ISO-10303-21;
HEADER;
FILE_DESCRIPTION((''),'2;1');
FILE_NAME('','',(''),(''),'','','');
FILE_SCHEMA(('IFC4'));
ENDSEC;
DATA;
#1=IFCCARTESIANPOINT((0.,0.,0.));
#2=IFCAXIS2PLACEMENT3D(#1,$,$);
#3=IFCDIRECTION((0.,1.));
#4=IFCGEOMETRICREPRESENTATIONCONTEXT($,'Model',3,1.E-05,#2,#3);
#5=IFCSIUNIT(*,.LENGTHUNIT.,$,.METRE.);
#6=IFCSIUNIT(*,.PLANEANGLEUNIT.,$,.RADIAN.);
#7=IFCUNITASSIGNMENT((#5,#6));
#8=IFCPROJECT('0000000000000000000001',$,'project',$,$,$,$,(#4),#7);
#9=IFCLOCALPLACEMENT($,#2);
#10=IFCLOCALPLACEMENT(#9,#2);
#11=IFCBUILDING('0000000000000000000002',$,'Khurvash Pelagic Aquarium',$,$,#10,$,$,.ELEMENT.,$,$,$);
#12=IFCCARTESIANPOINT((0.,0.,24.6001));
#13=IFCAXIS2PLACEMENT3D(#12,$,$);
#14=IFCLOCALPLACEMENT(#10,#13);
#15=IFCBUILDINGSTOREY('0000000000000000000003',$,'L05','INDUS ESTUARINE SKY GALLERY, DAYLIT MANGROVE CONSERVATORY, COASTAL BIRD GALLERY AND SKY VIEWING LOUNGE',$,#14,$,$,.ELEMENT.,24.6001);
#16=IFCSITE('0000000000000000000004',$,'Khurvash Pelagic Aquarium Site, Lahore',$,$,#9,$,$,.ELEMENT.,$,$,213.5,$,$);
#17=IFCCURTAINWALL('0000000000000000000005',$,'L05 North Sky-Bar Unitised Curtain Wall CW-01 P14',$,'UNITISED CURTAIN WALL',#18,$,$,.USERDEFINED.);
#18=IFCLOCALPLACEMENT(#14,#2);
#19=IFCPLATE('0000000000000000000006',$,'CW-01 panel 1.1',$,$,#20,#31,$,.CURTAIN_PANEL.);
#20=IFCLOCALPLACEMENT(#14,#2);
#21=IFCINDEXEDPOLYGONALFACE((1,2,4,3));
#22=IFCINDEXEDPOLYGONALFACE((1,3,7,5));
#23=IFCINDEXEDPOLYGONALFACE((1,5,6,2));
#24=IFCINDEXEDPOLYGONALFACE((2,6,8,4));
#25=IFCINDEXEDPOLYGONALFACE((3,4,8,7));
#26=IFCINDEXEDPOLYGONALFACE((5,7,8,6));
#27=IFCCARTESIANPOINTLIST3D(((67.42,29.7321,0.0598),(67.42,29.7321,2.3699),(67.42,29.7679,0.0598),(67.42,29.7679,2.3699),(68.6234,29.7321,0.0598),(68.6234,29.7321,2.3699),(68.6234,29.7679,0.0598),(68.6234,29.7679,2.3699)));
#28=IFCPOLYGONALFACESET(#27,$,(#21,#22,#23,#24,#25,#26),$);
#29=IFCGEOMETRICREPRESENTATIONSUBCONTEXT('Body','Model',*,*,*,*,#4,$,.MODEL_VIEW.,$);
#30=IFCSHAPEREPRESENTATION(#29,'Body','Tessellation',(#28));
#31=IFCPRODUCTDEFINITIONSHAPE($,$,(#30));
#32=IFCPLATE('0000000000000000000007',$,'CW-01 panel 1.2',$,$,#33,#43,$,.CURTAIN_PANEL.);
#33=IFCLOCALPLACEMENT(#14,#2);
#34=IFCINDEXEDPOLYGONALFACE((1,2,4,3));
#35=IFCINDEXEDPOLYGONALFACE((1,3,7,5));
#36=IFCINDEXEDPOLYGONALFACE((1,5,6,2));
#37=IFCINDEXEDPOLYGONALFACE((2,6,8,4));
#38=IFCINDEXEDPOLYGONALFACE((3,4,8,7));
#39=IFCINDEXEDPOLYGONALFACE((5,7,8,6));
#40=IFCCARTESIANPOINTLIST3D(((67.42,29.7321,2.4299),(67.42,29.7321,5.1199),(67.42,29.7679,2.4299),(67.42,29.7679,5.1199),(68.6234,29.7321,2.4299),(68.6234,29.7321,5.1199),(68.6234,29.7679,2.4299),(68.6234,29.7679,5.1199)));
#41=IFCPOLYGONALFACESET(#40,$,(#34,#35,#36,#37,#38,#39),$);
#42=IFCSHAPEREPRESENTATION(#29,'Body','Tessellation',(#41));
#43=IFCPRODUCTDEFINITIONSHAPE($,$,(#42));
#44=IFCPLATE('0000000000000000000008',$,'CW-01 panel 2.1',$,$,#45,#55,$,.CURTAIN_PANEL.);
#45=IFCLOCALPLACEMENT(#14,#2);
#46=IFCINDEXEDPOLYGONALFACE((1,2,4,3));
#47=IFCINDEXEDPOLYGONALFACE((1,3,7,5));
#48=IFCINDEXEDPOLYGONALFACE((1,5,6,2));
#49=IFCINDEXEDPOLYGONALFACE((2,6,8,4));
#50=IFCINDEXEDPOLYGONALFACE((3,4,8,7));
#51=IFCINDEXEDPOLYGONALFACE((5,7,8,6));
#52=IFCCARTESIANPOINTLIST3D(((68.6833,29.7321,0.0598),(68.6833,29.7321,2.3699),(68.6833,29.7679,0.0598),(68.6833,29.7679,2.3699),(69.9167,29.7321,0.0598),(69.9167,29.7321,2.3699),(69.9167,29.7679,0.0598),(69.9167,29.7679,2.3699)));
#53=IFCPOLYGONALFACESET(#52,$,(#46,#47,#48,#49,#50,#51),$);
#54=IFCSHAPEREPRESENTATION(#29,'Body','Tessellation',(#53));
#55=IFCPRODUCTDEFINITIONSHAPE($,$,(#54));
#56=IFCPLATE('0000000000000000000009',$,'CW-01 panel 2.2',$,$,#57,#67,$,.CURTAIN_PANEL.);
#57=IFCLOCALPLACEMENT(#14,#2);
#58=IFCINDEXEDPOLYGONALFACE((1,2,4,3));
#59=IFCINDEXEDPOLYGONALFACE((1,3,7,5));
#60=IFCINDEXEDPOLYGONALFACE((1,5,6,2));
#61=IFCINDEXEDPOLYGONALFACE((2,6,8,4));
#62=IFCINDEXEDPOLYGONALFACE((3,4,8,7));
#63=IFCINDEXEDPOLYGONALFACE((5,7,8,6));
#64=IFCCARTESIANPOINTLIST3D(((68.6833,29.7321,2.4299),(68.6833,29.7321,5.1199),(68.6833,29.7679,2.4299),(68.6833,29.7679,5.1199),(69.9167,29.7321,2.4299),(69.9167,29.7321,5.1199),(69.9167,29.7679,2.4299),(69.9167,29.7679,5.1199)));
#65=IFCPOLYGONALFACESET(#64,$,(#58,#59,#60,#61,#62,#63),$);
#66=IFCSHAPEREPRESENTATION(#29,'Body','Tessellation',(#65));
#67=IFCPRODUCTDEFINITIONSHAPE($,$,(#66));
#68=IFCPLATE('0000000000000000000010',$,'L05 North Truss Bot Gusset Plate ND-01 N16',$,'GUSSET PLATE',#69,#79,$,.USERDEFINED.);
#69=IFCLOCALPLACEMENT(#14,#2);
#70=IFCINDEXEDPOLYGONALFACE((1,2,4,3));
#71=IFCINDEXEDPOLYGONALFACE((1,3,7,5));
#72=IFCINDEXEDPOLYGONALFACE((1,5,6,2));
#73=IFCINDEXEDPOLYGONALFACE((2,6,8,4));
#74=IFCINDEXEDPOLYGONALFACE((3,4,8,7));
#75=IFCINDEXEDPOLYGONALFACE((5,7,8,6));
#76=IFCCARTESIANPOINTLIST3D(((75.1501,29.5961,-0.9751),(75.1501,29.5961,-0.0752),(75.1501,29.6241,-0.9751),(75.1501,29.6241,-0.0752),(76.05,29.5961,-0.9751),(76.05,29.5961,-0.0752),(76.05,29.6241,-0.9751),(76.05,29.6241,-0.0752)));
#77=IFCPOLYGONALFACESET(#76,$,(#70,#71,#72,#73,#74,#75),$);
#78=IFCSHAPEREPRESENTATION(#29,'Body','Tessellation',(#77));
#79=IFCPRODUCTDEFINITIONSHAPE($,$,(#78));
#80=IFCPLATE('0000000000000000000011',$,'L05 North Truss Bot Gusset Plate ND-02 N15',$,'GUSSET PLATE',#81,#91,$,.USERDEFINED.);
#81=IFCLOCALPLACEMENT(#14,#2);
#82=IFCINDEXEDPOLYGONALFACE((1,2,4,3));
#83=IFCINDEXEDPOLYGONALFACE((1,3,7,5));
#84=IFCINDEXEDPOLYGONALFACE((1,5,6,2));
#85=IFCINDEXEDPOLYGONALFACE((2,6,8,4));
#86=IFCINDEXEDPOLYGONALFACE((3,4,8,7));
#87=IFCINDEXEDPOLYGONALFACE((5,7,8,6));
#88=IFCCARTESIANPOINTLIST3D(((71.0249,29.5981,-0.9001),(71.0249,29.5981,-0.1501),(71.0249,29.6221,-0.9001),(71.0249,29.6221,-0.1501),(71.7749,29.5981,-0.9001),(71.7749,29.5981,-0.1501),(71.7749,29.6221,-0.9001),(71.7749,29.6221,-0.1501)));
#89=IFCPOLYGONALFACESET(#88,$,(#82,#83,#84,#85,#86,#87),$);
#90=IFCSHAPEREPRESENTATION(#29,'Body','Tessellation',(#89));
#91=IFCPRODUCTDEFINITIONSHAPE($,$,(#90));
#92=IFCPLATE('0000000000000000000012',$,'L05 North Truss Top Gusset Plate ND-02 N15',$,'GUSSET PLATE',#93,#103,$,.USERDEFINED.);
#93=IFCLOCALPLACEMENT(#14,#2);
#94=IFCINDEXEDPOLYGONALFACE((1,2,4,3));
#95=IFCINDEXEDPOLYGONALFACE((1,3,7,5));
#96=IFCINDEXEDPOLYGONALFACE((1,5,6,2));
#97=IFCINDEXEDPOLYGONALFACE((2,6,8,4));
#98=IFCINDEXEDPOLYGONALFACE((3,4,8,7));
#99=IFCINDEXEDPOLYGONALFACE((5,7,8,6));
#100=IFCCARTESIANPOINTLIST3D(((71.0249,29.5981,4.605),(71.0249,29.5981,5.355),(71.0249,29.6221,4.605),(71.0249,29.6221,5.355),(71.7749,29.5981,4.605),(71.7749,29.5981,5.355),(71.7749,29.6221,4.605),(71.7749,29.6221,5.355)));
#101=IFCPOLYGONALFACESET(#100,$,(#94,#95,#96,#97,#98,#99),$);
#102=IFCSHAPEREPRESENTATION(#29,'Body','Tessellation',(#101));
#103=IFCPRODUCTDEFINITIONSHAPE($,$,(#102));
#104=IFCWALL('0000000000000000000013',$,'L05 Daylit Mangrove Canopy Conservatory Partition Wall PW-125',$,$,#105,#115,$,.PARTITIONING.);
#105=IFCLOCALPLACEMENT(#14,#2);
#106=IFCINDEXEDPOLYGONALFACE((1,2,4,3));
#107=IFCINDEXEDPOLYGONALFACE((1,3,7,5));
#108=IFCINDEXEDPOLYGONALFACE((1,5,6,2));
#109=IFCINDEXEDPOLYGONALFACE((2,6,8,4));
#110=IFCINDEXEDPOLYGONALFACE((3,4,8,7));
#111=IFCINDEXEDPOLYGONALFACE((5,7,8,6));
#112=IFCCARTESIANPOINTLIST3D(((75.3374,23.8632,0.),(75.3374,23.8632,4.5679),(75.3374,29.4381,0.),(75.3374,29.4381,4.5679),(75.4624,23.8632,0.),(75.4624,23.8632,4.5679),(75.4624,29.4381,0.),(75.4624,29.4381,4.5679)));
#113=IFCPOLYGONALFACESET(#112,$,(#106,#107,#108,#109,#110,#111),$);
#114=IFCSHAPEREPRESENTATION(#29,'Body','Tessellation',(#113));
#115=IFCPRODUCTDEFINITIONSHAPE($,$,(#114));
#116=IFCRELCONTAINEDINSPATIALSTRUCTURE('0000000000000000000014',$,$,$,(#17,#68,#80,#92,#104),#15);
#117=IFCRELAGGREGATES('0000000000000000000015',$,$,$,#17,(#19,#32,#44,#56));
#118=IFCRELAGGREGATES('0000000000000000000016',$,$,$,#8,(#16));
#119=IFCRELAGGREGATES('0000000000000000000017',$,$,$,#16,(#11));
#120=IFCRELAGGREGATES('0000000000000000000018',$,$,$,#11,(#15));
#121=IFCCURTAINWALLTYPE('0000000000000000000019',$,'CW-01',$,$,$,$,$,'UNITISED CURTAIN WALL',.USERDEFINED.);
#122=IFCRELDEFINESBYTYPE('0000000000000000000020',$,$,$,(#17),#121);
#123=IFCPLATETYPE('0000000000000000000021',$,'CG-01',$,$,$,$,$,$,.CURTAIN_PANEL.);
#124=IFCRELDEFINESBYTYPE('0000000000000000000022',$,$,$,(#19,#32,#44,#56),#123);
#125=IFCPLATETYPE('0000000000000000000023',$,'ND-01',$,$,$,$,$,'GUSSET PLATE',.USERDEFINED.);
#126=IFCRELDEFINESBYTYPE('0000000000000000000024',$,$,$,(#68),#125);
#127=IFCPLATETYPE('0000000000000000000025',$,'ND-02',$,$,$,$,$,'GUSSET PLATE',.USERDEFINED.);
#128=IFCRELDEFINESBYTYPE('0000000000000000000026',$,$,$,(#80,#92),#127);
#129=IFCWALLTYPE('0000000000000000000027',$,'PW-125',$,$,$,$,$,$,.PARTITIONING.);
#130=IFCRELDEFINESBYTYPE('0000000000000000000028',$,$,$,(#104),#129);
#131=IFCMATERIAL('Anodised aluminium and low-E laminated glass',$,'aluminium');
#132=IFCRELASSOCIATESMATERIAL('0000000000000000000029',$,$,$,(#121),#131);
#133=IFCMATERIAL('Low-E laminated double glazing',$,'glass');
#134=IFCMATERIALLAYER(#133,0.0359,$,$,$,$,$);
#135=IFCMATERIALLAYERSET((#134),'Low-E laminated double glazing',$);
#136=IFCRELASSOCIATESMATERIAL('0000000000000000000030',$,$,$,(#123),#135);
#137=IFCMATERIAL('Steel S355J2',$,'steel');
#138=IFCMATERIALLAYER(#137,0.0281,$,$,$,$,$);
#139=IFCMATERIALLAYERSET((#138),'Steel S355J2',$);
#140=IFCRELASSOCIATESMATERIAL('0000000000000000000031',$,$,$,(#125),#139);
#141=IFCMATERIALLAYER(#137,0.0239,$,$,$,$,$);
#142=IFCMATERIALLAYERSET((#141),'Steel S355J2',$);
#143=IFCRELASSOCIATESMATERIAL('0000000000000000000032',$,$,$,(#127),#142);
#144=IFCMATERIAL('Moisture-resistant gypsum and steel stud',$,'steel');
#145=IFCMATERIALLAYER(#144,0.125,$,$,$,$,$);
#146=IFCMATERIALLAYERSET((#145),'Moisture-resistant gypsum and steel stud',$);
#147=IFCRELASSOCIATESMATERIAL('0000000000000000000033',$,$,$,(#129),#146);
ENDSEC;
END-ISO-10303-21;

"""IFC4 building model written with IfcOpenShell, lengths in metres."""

from ifc_helpers import new_model, si_unit, direction, frame, frame_2d, origin, origin_2d, place, context, subcontext, project, spatial, rectangle, extrude, material, layer, layer_set, type_object, element, aggregate, save


model = new_model("IFC4")

# Units and contexts
model_context = context("Model", 3, precision=1e-05, world=origin(), true_north=direction((0.0, 1.0)))
body_context = subcontext(model_context, "Body", "Model", "MODEL_VIEW")
ifc_project = project(units=[si_unit("LENGTHUNIT", "METRE"), si_unit("PLANEANGLEUNIT", "RADIAN")], contexts=[model_context])

# Site, building, storey
site_placement = place(None, origin())
site = spatial("IfcSite", under=ifc_project, at=site_placement, Name="Khurvash Pelagic Aquarium Site, Lahore", CompositionType="ELEMENT", RefElevation=213.5)
building_placement = place(site_placement, origin())
building = spatial("IfcBuilding", under=site, at=building_placement, Name="Khurvash Pelagic Aquarium", CompositionType="ELEMENT")
storey_placement = place(building_placement, frame((0.0, 0.0, 24.6001)))
storey = spatial("IfcBuildingStorey", under=building, at=storey_placement, Name="L05", Description="INDUS ESTUARINE SKY GALLERY, DAYLIT MANGROVE CONSERVATORY, COASTAL BIRD GALLERY AND SKY VIEWING LOUNGE", CompositionType="ELEMENT", Elevation=24.6001)

# Curtain wall
ifc_material_1 = material(Name="Anodised aluminium and low-E laminated glass", Category="aluminium")
curtain_wall_type = type_object("IfcCurtainWallType", Name="CW-01", ElementType="UNITISED CURTAIN WALL", PredefinedType="USERDEFINED", material=ifc_material_1)
curtain_wall_placement = place(storey_placement, origin())
curtain_wall = element("IfcCurtainWall", 1, at=curtain_wall_placement, inside=storey, type_object=curtain_wall_type, Name="L05 North Sky-Bar Unitised Curtain Wall CW-01 P14", ObjectType="UNITISED CURTAIN WALL", PredefinedType="USERDEFINED")

# Shared definitions
ifc_material_2 = material(Name="Steel S355J2", Category="steel")

# Plates
ifc_material_3 = material(Name="Low-E laminated double glazing", Category="glass")
ifc_layer_1 = layer(ifc_material_3, 0.0359)
ifc_layer_set_1 = layer_set([ifc_layer_1], Name="Low-E laminated double glazing")
plate_type_1 = type_object("IfcPlateType", Name="CG-01", PredefinedType="CURTAIN_PANEL", material=ifc_layer_set_1)
plate_1_placement = place(storey_placement, frame((68.0217, 29.75, 0.0598), z_axis=(0.0, 0.0, 1.0), x_axis=(1.0, 0.0, 0.0)))
plate_1 = element("IfcPlate", 2, at=plate_1_placement, type_object=plate_type_1, Name="CW-01 panel 1.1", PredefinedType="CURTAIN_PANEL", context=body_context, shape_type="SweptSolid", body=[
    extrude(rectangle(XDim=1.2034, YDim=0.0359, at=origin_2d()), origin(), (0.0, 0.0, 1.0), 2.3101),
])
plate_2_placement = place(storey_placement, frame((68.0217, 29.75, 2.4299), z_axis=(0.0, 0.0, 1.0), x_axis=(1.0, 0.0, 0.0)))
plate_2 = element("IfcPlate", 3, at=plate_2_placement, type_object=plate_type_1, Name="CW-01 panel 1.2", PredefinedType="CURTAIN_PANEL", context=body_context, shape_type="SweptSolid", body=[
    extrude(rectangle(XDim=1.2034, YDim=0.0359, at=origin_2d()), origin(), (0.0, 0.0, 1.0), 2.6899),
])
plate_3_placement = place(storey_placement, frame((69.3, 29.75, 0.0598), z_axis=(0.0, 0.0, 1.0), x_axis=(1.0, 0.0, 0.0)))
plate_3 = element("IfcPlate", 4, at=plate_3_placement, type_object=plate_type_1, Name="CW-01 panel 2.1", PredefinedType="CURTAIN_PANEL", context=body_context, shape_type="SweptSolid", body=[
    extrude(rectangle(XDim=1.2334, YDim=0.0359, at=origin_2d()), origin(), (0.0, 0.0, 1.0), 2.3101),
])
plate_4_placement = place(storey_placement, frame((69.3, 29.75, 2.4299), z_axis=(0.0, 0.0, 1.0), x_axis=(1.0, 0.0, 0.0)))
plate_4 = element("IfcPlate", 5, at=plate_4_placement, type_object=plate_type_1, Name="CW-01 panel 2.2", PredefinedType="CURTAIN_PANEL", context=body_context, shape_type="SweptSolid", body=[
    extrude(rectangle(XDim=1.2334, YDim=0.0359, at=origin_2d()), origin(), (0.0, 0.0, 1.0), 2.6899),
])
aggregate(curtain_wall, [plate_1, plate_2, plate_3, plate_4])

# Plates
ifc_layer_2 = layer(ifc_material_2, 0.0281)
ifc_layer_set_2 = layer_set([ifc_layer_2], Name="Steel S355J2")
plate_type_2 = type_object("IfcPlateType", Name="ND-01", ElementType="GUSSET PLATE", PredefinedType="USERDEFINED", material=ifc_layer_set_2)
plate_5_placement = place(storey_placement, frame((75.6001, 29.6101, -0.9751), z_axis=(0.0, 0.0, 1.0), x_axis=(1.0, 0.0, 0.0)))
element("IfcPlate", 6, at=plate_5_placement, inside=storey, type_object=plate_type_2, Name="L05 North Truss Bot Gusset Plate ND-01 N16", ObjectType="GUSSET PLATE", PredefinedType="USERDEFINED", context=body_context, shape_type="SweptSolid", body=[
    extrude(rectangle(XDim=0.8999, YDim=0.0281, at=origin_2d()), origin(), (0.0, 0.0, 1.0), 0.8999),
])
ifc_layer_3 = layer(ifc_material_2, 0.0239)
ifc_layer_set_3 = layer_set([ifc_layer_3], Name="Steel S355J2")
plate_type_3 = type_object("IfcPlateType", Name="ND-02", ElementType="GUSSET PLATE", PredefinedType="USERDEFINED", material=ifc_layer_set_3)
for number, where, z_axis, x_axis, name in (
    (7, (71.3999, 29.6101, -0.9001), (0.0, 0.0, 1.0), (1.0, 0.0, 0.0), "L05 North Truss Bot Gusset Plate ND-02 N15"),
    (8, (71.3999, 29.6101, 4.605), (0.0, 0.0, 1.0), (1.0, 0.0, 0.0), "L05 North Truss Top Gusset Plate ND-02 N15"),
):
    element("IfcPlate", number, at=place(storey_placement, frame(where, z_axis=z_axis, x_axis=x_axis)), inside=storey, type_object=plate_type_3, Name=name, ObjectType="GUSSET PLATE", PredefinedType="USERDEFINED", context=body_context, shape_type="SweptSolid", body=[
        extrude(rectangle(XDim=0.75, YDim=0.0239, at=origin_2d()), origin(), (0.0, 0.0, 1.0), 0.75),
    ])

# Wall
ifc_material_4 = material(Name="Moisture-resistant gypsum and steel stud", Category="steel")
ifc_layer_4 = layer(ifc_material_4, 0.125)
ifc_layer_set_4 = layer_set([ifc_layer_4], Name="Moisture-resistant gypsum and steel stud")
wall_type = type_object("IfcWallType", Name="PW-125", PredefinedType="PARTITIONING", material=ifc_layer_set_4)
wall_placement = place(storey_placement, frame((75.3999, 23.863, 0.0), z_axis=(0.0, 0.0, 1.0), x_axis=(0.0, 1.0, 0.0)))
element("IfcWall", 9, at=wall_placement, inside=storey, type_object=wall_type, Name="L05 Daylit Mangrove Canopy Conservatory Partition Wall PW-125", PredefinedType="PARTITIONING", context=body_context, shape_type="SweptSolid", body=[
    extrude(rectangle(XDim=5.575, YDim=0.125, at=frame_2d((2.7876, 0.0))), origin(), (0.0, 0.0, 1.0), 4.5679),
])

save(model, "model.ifc")
